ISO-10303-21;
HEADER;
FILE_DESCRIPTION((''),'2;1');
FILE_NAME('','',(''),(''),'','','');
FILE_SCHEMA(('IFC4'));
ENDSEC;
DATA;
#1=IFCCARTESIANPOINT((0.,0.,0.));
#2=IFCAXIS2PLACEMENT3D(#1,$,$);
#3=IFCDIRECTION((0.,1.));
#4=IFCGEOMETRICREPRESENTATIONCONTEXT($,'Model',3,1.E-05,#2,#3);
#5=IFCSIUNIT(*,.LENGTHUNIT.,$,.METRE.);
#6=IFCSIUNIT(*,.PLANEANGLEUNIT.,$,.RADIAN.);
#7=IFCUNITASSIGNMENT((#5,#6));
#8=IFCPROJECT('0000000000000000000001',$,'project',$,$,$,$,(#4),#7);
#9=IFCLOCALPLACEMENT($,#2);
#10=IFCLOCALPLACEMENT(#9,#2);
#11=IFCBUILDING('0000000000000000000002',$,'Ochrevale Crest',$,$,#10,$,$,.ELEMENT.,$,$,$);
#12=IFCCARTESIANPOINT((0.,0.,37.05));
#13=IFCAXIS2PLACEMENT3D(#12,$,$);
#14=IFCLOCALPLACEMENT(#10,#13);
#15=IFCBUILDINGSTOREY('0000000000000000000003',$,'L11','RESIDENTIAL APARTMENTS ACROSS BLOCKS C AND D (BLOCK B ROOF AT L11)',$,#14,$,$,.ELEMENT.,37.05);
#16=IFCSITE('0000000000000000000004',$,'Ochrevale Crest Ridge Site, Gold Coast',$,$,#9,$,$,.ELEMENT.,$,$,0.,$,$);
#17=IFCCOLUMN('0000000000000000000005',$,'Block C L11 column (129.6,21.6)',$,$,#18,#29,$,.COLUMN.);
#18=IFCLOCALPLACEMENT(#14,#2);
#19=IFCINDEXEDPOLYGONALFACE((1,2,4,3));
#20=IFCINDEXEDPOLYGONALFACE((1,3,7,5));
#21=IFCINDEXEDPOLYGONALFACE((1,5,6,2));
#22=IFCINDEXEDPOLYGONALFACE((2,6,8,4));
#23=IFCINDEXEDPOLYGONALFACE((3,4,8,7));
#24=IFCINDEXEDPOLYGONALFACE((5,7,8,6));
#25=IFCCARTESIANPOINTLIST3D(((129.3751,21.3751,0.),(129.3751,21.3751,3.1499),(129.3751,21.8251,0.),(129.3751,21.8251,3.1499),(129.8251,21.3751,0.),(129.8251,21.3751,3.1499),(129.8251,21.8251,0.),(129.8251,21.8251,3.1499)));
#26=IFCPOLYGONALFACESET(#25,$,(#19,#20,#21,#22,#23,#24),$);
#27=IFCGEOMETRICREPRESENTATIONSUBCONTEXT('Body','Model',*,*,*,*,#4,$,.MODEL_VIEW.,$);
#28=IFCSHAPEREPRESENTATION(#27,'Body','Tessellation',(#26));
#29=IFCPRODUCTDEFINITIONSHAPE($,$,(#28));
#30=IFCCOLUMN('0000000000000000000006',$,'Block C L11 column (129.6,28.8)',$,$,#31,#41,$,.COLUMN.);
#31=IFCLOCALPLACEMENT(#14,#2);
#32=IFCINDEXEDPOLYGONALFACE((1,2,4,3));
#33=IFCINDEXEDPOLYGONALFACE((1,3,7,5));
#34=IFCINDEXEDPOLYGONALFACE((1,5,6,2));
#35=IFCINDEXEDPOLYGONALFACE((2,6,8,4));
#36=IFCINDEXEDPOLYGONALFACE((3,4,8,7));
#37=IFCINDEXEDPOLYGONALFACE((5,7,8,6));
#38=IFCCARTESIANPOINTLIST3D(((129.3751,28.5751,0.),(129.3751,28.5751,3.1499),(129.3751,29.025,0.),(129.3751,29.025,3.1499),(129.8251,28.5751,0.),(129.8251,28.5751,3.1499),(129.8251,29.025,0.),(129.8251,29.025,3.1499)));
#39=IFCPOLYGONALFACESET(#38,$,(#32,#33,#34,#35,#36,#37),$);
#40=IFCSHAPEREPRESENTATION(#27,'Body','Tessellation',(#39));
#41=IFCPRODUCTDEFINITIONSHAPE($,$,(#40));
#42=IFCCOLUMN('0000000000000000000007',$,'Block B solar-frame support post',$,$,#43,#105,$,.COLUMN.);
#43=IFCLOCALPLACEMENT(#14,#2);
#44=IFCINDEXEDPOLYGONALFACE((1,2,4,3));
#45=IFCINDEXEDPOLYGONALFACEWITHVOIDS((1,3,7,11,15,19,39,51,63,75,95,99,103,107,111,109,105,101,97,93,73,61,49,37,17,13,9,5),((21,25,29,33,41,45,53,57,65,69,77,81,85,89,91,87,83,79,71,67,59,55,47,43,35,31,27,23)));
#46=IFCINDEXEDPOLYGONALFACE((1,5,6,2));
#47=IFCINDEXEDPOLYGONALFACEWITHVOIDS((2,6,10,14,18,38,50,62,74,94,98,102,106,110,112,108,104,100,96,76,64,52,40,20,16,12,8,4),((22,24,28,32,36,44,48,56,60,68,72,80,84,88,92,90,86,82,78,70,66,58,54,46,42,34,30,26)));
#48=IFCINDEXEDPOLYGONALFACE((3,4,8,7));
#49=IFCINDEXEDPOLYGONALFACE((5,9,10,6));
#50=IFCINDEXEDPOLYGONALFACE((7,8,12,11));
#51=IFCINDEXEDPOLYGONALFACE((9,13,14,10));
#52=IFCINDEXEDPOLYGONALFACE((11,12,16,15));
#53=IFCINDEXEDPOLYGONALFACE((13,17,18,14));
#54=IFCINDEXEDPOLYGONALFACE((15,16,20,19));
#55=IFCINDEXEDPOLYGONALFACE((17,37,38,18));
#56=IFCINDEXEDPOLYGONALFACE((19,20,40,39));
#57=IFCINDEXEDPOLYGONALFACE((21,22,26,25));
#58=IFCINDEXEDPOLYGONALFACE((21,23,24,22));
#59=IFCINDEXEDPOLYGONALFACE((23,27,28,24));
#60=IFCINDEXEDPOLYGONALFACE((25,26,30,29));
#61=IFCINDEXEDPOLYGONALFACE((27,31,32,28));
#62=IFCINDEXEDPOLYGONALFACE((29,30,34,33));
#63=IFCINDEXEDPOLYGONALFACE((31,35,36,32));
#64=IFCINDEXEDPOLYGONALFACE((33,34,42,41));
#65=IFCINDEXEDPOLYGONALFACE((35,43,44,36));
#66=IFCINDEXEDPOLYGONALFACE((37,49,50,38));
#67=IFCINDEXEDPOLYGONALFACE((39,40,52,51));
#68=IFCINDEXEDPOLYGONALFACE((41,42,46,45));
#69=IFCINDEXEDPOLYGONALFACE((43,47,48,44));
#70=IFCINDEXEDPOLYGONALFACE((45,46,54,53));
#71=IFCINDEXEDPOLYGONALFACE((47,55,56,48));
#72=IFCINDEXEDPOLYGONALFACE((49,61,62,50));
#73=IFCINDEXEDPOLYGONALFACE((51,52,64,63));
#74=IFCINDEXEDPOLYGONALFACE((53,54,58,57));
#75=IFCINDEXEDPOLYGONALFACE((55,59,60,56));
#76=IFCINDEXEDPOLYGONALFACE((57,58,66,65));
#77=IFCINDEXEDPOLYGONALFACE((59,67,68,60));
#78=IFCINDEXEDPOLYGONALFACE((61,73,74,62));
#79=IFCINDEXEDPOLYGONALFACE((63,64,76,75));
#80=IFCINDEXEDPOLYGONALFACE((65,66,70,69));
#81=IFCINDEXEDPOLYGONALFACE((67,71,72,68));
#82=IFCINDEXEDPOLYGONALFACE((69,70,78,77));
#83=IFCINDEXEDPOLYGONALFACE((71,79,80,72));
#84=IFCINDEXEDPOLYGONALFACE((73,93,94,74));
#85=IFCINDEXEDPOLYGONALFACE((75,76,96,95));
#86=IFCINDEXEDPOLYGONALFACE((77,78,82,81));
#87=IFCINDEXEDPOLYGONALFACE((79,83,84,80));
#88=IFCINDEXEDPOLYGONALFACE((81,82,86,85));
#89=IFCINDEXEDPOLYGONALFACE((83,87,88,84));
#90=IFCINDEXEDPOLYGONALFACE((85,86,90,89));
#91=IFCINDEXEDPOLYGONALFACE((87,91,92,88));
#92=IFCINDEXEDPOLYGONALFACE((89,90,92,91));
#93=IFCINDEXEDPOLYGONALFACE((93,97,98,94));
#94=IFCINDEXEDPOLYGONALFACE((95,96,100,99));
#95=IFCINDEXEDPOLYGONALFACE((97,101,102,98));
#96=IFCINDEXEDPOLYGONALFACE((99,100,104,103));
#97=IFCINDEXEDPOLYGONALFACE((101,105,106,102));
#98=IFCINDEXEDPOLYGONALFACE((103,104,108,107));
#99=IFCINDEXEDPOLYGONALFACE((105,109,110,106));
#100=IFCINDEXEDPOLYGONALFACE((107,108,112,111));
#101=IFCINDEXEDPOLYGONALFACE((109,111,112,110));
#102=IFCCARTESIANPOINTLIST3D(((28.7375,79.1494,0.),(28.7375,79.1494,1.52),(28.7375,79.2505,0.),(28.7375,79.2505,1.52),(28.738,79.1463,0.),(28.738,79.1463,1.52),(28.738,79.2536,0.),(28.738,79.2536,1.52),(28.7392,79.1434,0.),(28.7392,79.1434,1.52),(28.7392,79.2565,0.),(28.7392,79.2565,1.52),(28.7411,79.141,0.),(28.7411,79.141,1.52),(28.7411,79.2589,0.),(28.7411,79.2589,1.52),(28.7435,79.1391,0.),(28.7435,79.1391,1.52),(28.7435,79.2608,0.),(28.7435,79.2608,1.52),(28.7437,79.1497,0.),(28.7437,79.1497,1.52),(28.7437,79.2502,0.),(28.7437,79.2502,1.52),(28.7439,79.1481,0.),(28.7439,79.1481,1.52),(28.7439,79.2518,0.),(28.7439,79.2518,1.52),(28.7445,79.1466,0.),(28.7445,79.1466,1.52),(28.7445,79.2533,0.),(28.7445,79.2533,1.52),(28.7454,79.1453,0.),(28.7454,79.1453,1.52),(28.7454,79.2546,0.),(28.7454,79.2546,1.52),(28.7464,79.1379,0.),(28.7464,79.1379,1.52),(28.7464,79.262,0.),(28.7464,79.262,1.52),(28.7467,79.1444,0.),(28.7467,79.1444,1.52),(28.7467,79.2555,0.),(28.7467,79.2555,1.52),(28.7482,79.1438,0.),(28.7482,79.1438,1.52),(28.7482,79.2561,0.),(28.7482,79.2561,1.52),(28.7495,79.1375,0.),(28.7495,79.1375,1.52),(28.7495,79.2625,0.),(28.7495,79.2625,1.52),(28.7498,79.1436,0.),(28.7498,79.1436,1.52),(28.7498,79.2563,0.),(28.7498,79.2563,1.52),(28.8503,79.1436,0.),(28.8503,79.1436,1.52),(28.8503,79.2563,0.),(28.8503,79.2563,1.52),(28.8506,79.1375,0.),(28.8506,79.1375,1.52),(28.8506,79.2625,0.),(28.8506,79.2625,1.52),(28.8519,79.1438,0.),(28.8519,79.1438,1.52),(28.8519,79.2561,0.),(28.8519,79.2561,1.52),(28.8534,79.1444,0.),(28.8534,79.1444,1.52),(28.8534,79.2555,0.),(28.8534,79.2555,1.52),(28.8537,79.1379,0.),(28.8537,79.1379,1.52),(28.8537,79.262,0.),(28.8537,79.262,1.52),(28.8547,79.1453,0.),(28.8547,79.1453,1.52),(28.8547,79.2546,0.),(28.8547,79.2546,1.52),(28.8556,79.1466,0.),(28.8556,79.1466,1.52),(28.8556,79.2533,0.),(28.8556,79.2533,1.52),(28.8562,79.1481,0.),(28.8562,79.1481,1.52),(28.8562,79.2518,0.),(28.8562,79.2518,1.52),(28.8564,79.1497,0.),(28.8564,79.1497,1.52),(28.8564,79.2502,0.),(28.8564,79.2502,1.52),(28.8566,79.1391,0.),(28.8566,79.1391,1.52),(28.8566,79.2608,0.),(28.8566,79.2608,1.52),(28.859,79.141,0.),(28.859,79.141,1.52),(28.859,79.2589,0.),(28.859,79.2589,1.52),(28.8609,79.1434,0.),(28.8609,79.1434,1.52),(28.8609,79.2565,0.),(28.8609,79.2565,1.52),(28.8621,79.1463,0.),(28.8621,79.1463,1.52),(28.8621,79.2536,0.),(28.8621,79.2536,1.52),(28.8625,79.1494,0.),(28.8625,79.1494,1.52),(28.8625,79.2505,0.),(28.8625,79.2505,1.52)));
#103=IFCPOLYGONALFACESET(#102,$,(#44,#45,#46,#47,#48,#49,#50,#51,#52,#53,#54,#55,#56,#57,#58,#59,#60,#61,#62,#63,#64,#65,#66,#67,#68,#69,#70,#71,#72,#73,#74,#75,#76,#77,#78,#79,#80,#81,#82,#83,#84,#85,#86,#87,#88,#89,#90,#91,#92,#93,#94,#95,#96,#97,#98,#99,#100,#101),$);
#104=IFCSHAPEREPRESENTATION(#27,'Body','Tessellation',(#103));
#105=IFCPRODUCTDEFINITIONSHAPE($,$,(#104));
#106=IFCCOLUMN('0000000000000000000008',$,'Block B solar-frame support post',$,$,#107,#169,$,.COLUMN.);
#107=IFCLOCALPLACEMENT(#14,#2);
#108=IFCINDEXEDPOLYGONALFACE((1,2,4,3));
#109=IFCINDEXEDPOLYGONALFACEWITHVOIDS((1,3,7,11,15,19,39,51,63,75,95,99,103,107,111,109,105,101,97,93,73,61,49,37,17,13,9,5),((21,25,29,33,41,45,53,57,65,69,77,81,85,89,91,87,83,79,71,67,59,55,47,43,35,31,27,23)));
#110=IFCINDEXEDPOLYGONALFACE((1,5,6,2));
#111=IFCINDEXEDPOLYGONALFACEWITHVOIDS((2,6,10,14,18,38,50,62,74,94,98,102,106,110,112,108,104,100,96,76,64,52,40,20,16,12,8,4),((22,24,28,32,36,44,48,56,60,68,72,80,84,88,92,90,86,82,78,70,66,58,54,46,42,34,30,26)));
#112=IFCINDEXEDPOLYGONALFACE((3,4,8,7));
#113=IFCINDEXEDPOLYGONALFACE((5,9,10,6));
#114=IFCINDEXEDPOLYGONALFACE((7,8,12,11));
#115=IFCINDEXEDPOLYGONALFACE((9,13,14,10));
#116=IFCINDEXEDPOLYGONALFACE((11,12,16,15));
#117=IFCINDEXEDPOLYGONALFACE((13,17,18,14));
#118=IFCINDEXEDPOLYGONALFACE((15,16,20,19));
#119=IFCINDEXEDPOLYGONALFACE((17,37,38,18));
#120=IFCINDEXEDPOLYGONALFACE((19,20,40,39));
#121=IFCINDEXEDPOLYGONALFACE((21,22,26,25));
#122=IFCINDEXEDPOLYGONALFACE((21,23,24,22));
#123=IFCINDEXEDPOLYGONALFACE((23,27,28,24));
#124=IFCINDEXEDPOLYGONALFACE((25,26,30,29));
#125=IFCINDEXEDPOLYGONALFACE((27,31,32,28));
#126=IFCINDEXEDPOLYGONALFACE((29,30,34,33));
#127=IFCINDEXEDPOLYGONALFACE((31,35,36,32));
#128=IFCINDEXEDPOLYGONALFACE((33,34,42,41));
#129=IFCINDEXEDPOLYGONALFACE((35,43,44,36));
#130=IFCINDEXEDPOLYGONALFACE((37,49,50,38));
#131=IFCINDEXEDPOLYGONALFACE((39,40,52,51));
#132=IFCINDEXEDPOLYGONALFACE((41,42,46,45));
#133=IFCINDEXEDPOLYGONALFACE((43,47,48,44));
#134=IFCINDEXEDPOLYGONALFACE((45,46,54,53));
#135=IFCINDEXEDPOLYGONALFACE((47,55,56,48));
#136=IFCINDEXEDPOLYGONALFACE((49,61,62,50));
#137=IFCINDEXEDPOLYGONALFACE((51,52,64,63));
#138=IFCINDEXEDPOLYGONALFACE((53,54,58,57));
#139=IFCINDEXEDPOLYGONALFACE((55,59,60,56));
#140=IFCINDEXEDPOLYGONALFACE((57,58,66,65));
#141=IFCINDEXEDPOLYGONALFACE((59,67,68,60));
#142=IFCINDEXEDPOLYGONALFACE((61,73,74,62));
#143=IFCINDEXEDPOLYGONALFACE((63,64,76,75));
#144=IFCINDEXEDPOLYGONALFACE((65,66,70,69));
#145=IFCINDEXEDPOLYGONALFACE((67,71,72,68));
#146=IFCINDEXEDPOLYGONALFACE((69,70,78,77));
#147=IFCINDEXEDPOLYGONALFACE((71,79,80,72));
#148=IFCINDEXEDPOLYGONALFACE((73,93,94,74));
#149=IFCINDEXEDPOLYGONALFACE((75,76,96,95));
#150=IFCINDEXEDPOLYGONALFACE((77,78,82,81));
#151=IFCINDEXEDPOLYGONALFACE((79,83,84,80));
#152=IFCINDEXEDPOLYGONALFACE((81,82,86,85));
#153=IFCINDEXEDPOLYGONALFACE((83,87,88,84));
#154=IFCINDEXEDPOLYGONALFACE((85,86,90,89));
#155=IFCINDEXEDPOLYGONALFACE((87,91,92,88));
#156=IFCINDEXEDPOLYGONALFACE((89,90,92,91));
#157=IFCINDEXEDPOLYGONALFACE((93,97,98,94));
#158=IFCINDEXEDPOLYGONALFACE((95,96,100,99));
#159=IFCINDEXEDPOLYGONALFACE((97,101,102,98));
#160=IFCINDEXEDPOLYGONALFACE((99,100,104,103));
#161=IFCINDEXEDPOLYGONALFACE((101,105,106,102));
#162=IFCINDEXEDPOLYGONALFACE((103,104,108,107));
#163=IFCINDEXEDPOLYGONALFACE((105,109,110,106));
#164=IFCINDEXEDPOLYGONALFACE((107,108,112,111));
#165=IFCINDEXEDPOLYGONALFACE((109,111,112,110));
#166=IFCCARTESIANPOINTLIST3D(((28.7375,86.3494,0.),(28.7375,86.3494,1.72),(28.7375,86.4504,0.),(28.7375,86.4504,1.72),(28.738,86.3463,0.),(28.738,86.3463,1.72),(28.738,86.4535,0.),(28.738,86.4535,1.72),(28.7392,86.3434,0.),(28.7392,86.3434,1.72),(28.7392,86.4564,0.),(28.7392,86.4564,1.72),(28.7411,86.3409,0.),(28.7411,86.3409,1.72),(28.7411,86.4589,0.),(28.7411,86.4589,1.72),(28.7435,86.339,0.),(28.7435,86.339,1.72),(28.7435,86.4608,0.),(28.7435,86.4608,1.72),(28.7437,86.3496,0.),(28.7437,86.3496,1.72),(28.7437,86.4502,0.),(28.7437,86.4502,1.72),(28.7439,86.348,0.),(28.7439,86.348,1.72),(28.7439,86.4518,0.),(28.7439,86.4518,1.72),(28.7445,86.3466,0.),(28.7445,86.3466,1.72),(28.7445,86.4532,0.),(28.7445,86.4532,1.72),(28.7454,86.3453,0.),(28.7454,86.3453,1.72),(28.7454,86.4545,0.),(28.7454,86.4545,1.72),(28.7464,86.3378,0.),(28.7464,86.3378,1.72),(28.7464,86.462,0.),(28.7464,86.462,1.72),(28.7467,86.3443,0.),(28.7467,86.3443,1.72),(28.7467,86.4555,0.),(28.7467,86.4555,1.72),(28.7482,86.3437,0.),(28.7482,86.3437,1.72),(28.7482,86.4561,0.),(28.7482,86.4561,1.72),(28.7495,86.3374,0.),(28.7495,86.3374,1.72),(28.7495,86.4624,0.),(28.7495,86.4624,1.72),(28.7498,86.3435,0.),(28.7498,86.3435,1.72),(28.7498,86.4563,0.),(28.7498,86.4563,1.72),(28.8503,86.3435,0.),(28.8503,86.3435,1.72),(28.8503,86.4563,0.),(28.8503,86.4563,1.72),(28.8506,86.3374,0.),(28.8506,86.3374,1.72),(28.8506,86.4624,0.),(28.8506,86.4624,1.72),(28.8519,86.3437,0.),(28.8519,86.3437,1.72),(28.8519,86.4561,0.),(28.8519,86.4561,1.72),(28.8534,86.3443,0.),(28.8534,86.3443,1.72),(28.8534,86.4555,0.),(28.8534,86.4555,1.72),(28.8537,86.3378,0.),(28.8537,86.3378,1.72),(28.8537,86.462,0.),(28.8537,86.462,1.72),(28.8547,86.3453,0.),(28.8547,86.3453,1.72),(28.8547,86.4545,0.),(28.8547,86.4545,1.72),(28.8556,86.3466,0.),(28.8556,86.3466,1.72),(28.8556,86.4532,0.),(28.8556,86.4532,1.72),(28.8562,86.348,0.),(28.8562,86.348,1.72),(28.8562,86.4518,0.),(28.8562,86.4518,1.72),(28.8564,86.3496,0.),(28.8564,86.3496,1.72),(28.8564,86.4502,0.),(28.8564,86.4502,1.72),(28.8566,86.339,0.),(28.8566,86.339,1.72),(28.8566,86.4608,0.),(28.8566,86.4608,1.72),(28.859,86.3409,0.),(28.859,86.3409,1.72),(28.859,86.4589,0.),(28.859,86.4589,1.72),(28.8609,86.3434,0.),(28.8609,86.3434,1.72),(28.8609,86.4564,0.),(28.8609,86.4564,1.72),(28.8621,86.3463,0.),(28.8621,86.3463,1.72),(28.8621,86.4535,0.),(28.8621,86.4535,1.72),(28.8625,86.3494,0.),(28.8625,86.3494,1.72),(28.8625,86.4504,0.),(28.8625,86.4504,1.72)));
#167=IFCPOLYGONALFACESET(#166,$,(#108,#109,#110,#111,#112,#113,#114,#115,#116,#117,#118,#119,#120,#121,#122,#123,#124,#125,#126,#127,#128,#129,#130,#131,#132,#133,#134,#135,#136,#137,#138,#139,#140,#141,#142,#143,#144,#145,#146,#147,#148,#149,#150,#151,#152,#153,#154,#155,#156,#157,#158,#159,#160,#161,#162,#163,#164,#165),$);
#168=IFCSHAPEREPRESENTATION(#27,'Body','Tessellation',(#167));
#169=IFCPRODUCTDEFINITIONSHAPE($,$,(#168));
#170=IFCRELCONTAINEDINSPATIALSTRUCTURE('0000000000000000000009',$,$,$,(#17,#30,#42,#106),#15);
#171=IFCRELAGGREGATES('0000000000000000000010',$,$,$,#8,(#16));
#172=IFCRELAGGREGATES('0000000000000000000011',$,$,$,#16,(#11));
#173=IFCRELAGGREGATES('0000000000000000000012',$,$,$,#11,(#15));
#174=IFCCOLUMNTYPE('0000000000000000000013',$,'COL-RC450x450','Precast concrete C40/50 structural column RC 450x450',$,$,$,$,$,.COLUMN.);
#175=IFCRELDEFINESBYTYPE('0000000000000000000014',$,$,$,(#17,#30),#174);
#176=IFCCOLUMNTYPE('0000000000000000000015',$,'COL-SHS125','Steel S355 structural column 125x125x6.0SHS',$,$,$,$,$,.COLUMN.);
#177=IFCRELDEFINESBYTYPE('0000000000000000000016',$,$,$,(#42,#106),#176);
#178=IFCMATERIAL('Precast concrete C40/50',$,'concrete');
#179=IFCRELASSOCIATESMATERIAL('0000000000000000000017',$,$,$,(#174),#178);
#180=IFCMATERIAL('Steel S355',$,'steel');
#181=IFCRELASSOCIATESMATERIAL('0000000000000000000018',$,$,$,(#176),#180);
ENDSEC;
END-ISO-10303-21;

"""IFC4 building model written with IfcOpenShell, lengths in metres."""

from ifc_helpers import new_model, si_unit, direction, frame, origin, origin_2d, place, context, subcontext, project, spatial, rectangle, hollow_rectangle, extrude, material, material_profile, profile_set, type_object, element, save


model = new_model("IFC4")

# Units and contexts
model_context = context("Model", 3, precision=1e-05, world=origin(), true_north=direction((0.0, 1.0)))
body_context = subcontext(model_context, "Body", "Model", "MODEL_VIEW")
ifc_project = project(units=[si_unit("LENGTHUNIT", "METRE"), si_unit("PLANEANGLEUNIT", "RADIAN")], contexts=[model_context])

# Site, building, storey
site_placement = place(None, origin())
site = spatial("IfcSite", under=ifc_project, at=site_placement, Name="Ochrevale Crest Ridge Site, Gold Coast", CompositionType="ELEMENT", RefElevation=0.0)
building_placement = place(site_placement, origin())
building = spatial("IfcBuilding", under=site, at=building_placement, Name="Ochrevale Crest", CompositionType="ELEMENT")
storey_placement = place(building_placement, frame((0.0, 0.0, 37.05)))
storey = spatial("IfcBuildingStorey", under=building, at=storey_placement, Name="L11", Description="RESIDENTIAL APARTMENTS ACROSS BLOCKS C AND D (BLOCK B ROOF AT L11)", CompositionType="ELEMENT", Elevation=37.05)

# Columns
ifc_material_1 = material(Name="Precast concrete C40/50", Category="concrete")
ifc_material_profile_1 = material_profile(ifc_material_1, rectangle(XDim=0.45, YDim=0.45, at=origin_2d()), Name="RC 450x450")
ifc_profile_set_1 = profile_set([ifc_material_profile_1], Name="Precast concrete C40/50")
column_type_1 = type_object("IfcColumnType", Name="COL-RC450x450", Description="Precast concrete C40/50 structural column RC 450x450", PredefinedType="COLUMN", material=ifc_profile_set_1)
for number, where, z_axis, x_axis, name in (
    (1, (129.6001, 21.6001, 0.0), (0.0, 0.0, 1.0), (1.0, 0.0, 0.0), "Block C L11 column (129.6,21.6)"),
    (2, (129.6001, 28.8, 0.0), (0.0, 0.0, 1.0), (1.0, 0.0, 0.0), "Block C L11 column (129.6,28.8)"),
):
    element("IfcColumn", number, at=place(storey_placement, frame(where, z_axis=z_axis, x_axis=x_axis)), inside=storey, type_object=column_type_1, Name=name, PredefinedType="COLUMN", context=body_context, shape_type="SweptSolid", body=[
        extrude(rectangle(XDim=0.45, YDim=0.45, at=origin_2d()), origin(), (0.0, 0.0, 1.0), 3.1499),
    ])
ifc_material_2 = material(Name="Steel S355", Category="steel")
ifc_material_profile_2 = material_profile(ifc_material_2, hollow_rectangle(XDim=0.125, YDim=0.125, WallThickness=0.0061, InnerFilletRadius=0.0061, OuterFilletRadius=0.012, at=origin_2d()), Name="125x125x6.0SHS")
ifc_profile_set_2 = profile_set([ifc_material_profile_2], Name="Steel S355")
column_type_2 = type_object("IfcColumnType", Name="COL-SHS125", Description="Steel S355 structural column 125x125x6.0SHS", PredefinedType="COLUMN", material=ifc_profile_set_2)
column_1_placement = place(storey_placement, frame((28.8, 79.2, 0.0), z_axis=(0.0, 0.0, 1.0), x_axis=(1.0, 0.0, 0.0)))
element("IfcColumn", 3, at=column_1_placement, inside=storey, type_object=column_type_2, Name="Block B solar-frame support post", PredefinedType="COLUMN", context=body_context, shape_type="SweptSolid", body=[
    extrude(hollow_rectangle(XDim=0.125, YDim=0.125, WallThickness=0.0061, InnerFilletRadius=0.0061, OuterFilletRadius=0.012, at=origin_2d()), origin(), (0.0, 0.0, 1.0), 1.52),
])
column_2_placement = place(storey_placement, frame((28.8, 86.3999, 0.0), z_axis=(0.0, 0.0, 1.0), x_axis=(1.0, 0.0, 0.0)))
element("IfcColumn", 4, at=column_2_placement, inside=storey, type_object=column_type_2, Name="Block B solar-frame support post", PredefinedType="COLUMN", context=body_context, shape_type="SweptSolid", body=[
    extrude(hollow_rectangle(XDim=0.125, YDim=0.125, WallThickness=0.0061, InnerFilletRadius=0.0061, OuterFilletRadius=0.012, at=origin_2d()), origin(), (0.0, 0.0, 1.0), 1.72),
])

save(model, "model.ifc")
